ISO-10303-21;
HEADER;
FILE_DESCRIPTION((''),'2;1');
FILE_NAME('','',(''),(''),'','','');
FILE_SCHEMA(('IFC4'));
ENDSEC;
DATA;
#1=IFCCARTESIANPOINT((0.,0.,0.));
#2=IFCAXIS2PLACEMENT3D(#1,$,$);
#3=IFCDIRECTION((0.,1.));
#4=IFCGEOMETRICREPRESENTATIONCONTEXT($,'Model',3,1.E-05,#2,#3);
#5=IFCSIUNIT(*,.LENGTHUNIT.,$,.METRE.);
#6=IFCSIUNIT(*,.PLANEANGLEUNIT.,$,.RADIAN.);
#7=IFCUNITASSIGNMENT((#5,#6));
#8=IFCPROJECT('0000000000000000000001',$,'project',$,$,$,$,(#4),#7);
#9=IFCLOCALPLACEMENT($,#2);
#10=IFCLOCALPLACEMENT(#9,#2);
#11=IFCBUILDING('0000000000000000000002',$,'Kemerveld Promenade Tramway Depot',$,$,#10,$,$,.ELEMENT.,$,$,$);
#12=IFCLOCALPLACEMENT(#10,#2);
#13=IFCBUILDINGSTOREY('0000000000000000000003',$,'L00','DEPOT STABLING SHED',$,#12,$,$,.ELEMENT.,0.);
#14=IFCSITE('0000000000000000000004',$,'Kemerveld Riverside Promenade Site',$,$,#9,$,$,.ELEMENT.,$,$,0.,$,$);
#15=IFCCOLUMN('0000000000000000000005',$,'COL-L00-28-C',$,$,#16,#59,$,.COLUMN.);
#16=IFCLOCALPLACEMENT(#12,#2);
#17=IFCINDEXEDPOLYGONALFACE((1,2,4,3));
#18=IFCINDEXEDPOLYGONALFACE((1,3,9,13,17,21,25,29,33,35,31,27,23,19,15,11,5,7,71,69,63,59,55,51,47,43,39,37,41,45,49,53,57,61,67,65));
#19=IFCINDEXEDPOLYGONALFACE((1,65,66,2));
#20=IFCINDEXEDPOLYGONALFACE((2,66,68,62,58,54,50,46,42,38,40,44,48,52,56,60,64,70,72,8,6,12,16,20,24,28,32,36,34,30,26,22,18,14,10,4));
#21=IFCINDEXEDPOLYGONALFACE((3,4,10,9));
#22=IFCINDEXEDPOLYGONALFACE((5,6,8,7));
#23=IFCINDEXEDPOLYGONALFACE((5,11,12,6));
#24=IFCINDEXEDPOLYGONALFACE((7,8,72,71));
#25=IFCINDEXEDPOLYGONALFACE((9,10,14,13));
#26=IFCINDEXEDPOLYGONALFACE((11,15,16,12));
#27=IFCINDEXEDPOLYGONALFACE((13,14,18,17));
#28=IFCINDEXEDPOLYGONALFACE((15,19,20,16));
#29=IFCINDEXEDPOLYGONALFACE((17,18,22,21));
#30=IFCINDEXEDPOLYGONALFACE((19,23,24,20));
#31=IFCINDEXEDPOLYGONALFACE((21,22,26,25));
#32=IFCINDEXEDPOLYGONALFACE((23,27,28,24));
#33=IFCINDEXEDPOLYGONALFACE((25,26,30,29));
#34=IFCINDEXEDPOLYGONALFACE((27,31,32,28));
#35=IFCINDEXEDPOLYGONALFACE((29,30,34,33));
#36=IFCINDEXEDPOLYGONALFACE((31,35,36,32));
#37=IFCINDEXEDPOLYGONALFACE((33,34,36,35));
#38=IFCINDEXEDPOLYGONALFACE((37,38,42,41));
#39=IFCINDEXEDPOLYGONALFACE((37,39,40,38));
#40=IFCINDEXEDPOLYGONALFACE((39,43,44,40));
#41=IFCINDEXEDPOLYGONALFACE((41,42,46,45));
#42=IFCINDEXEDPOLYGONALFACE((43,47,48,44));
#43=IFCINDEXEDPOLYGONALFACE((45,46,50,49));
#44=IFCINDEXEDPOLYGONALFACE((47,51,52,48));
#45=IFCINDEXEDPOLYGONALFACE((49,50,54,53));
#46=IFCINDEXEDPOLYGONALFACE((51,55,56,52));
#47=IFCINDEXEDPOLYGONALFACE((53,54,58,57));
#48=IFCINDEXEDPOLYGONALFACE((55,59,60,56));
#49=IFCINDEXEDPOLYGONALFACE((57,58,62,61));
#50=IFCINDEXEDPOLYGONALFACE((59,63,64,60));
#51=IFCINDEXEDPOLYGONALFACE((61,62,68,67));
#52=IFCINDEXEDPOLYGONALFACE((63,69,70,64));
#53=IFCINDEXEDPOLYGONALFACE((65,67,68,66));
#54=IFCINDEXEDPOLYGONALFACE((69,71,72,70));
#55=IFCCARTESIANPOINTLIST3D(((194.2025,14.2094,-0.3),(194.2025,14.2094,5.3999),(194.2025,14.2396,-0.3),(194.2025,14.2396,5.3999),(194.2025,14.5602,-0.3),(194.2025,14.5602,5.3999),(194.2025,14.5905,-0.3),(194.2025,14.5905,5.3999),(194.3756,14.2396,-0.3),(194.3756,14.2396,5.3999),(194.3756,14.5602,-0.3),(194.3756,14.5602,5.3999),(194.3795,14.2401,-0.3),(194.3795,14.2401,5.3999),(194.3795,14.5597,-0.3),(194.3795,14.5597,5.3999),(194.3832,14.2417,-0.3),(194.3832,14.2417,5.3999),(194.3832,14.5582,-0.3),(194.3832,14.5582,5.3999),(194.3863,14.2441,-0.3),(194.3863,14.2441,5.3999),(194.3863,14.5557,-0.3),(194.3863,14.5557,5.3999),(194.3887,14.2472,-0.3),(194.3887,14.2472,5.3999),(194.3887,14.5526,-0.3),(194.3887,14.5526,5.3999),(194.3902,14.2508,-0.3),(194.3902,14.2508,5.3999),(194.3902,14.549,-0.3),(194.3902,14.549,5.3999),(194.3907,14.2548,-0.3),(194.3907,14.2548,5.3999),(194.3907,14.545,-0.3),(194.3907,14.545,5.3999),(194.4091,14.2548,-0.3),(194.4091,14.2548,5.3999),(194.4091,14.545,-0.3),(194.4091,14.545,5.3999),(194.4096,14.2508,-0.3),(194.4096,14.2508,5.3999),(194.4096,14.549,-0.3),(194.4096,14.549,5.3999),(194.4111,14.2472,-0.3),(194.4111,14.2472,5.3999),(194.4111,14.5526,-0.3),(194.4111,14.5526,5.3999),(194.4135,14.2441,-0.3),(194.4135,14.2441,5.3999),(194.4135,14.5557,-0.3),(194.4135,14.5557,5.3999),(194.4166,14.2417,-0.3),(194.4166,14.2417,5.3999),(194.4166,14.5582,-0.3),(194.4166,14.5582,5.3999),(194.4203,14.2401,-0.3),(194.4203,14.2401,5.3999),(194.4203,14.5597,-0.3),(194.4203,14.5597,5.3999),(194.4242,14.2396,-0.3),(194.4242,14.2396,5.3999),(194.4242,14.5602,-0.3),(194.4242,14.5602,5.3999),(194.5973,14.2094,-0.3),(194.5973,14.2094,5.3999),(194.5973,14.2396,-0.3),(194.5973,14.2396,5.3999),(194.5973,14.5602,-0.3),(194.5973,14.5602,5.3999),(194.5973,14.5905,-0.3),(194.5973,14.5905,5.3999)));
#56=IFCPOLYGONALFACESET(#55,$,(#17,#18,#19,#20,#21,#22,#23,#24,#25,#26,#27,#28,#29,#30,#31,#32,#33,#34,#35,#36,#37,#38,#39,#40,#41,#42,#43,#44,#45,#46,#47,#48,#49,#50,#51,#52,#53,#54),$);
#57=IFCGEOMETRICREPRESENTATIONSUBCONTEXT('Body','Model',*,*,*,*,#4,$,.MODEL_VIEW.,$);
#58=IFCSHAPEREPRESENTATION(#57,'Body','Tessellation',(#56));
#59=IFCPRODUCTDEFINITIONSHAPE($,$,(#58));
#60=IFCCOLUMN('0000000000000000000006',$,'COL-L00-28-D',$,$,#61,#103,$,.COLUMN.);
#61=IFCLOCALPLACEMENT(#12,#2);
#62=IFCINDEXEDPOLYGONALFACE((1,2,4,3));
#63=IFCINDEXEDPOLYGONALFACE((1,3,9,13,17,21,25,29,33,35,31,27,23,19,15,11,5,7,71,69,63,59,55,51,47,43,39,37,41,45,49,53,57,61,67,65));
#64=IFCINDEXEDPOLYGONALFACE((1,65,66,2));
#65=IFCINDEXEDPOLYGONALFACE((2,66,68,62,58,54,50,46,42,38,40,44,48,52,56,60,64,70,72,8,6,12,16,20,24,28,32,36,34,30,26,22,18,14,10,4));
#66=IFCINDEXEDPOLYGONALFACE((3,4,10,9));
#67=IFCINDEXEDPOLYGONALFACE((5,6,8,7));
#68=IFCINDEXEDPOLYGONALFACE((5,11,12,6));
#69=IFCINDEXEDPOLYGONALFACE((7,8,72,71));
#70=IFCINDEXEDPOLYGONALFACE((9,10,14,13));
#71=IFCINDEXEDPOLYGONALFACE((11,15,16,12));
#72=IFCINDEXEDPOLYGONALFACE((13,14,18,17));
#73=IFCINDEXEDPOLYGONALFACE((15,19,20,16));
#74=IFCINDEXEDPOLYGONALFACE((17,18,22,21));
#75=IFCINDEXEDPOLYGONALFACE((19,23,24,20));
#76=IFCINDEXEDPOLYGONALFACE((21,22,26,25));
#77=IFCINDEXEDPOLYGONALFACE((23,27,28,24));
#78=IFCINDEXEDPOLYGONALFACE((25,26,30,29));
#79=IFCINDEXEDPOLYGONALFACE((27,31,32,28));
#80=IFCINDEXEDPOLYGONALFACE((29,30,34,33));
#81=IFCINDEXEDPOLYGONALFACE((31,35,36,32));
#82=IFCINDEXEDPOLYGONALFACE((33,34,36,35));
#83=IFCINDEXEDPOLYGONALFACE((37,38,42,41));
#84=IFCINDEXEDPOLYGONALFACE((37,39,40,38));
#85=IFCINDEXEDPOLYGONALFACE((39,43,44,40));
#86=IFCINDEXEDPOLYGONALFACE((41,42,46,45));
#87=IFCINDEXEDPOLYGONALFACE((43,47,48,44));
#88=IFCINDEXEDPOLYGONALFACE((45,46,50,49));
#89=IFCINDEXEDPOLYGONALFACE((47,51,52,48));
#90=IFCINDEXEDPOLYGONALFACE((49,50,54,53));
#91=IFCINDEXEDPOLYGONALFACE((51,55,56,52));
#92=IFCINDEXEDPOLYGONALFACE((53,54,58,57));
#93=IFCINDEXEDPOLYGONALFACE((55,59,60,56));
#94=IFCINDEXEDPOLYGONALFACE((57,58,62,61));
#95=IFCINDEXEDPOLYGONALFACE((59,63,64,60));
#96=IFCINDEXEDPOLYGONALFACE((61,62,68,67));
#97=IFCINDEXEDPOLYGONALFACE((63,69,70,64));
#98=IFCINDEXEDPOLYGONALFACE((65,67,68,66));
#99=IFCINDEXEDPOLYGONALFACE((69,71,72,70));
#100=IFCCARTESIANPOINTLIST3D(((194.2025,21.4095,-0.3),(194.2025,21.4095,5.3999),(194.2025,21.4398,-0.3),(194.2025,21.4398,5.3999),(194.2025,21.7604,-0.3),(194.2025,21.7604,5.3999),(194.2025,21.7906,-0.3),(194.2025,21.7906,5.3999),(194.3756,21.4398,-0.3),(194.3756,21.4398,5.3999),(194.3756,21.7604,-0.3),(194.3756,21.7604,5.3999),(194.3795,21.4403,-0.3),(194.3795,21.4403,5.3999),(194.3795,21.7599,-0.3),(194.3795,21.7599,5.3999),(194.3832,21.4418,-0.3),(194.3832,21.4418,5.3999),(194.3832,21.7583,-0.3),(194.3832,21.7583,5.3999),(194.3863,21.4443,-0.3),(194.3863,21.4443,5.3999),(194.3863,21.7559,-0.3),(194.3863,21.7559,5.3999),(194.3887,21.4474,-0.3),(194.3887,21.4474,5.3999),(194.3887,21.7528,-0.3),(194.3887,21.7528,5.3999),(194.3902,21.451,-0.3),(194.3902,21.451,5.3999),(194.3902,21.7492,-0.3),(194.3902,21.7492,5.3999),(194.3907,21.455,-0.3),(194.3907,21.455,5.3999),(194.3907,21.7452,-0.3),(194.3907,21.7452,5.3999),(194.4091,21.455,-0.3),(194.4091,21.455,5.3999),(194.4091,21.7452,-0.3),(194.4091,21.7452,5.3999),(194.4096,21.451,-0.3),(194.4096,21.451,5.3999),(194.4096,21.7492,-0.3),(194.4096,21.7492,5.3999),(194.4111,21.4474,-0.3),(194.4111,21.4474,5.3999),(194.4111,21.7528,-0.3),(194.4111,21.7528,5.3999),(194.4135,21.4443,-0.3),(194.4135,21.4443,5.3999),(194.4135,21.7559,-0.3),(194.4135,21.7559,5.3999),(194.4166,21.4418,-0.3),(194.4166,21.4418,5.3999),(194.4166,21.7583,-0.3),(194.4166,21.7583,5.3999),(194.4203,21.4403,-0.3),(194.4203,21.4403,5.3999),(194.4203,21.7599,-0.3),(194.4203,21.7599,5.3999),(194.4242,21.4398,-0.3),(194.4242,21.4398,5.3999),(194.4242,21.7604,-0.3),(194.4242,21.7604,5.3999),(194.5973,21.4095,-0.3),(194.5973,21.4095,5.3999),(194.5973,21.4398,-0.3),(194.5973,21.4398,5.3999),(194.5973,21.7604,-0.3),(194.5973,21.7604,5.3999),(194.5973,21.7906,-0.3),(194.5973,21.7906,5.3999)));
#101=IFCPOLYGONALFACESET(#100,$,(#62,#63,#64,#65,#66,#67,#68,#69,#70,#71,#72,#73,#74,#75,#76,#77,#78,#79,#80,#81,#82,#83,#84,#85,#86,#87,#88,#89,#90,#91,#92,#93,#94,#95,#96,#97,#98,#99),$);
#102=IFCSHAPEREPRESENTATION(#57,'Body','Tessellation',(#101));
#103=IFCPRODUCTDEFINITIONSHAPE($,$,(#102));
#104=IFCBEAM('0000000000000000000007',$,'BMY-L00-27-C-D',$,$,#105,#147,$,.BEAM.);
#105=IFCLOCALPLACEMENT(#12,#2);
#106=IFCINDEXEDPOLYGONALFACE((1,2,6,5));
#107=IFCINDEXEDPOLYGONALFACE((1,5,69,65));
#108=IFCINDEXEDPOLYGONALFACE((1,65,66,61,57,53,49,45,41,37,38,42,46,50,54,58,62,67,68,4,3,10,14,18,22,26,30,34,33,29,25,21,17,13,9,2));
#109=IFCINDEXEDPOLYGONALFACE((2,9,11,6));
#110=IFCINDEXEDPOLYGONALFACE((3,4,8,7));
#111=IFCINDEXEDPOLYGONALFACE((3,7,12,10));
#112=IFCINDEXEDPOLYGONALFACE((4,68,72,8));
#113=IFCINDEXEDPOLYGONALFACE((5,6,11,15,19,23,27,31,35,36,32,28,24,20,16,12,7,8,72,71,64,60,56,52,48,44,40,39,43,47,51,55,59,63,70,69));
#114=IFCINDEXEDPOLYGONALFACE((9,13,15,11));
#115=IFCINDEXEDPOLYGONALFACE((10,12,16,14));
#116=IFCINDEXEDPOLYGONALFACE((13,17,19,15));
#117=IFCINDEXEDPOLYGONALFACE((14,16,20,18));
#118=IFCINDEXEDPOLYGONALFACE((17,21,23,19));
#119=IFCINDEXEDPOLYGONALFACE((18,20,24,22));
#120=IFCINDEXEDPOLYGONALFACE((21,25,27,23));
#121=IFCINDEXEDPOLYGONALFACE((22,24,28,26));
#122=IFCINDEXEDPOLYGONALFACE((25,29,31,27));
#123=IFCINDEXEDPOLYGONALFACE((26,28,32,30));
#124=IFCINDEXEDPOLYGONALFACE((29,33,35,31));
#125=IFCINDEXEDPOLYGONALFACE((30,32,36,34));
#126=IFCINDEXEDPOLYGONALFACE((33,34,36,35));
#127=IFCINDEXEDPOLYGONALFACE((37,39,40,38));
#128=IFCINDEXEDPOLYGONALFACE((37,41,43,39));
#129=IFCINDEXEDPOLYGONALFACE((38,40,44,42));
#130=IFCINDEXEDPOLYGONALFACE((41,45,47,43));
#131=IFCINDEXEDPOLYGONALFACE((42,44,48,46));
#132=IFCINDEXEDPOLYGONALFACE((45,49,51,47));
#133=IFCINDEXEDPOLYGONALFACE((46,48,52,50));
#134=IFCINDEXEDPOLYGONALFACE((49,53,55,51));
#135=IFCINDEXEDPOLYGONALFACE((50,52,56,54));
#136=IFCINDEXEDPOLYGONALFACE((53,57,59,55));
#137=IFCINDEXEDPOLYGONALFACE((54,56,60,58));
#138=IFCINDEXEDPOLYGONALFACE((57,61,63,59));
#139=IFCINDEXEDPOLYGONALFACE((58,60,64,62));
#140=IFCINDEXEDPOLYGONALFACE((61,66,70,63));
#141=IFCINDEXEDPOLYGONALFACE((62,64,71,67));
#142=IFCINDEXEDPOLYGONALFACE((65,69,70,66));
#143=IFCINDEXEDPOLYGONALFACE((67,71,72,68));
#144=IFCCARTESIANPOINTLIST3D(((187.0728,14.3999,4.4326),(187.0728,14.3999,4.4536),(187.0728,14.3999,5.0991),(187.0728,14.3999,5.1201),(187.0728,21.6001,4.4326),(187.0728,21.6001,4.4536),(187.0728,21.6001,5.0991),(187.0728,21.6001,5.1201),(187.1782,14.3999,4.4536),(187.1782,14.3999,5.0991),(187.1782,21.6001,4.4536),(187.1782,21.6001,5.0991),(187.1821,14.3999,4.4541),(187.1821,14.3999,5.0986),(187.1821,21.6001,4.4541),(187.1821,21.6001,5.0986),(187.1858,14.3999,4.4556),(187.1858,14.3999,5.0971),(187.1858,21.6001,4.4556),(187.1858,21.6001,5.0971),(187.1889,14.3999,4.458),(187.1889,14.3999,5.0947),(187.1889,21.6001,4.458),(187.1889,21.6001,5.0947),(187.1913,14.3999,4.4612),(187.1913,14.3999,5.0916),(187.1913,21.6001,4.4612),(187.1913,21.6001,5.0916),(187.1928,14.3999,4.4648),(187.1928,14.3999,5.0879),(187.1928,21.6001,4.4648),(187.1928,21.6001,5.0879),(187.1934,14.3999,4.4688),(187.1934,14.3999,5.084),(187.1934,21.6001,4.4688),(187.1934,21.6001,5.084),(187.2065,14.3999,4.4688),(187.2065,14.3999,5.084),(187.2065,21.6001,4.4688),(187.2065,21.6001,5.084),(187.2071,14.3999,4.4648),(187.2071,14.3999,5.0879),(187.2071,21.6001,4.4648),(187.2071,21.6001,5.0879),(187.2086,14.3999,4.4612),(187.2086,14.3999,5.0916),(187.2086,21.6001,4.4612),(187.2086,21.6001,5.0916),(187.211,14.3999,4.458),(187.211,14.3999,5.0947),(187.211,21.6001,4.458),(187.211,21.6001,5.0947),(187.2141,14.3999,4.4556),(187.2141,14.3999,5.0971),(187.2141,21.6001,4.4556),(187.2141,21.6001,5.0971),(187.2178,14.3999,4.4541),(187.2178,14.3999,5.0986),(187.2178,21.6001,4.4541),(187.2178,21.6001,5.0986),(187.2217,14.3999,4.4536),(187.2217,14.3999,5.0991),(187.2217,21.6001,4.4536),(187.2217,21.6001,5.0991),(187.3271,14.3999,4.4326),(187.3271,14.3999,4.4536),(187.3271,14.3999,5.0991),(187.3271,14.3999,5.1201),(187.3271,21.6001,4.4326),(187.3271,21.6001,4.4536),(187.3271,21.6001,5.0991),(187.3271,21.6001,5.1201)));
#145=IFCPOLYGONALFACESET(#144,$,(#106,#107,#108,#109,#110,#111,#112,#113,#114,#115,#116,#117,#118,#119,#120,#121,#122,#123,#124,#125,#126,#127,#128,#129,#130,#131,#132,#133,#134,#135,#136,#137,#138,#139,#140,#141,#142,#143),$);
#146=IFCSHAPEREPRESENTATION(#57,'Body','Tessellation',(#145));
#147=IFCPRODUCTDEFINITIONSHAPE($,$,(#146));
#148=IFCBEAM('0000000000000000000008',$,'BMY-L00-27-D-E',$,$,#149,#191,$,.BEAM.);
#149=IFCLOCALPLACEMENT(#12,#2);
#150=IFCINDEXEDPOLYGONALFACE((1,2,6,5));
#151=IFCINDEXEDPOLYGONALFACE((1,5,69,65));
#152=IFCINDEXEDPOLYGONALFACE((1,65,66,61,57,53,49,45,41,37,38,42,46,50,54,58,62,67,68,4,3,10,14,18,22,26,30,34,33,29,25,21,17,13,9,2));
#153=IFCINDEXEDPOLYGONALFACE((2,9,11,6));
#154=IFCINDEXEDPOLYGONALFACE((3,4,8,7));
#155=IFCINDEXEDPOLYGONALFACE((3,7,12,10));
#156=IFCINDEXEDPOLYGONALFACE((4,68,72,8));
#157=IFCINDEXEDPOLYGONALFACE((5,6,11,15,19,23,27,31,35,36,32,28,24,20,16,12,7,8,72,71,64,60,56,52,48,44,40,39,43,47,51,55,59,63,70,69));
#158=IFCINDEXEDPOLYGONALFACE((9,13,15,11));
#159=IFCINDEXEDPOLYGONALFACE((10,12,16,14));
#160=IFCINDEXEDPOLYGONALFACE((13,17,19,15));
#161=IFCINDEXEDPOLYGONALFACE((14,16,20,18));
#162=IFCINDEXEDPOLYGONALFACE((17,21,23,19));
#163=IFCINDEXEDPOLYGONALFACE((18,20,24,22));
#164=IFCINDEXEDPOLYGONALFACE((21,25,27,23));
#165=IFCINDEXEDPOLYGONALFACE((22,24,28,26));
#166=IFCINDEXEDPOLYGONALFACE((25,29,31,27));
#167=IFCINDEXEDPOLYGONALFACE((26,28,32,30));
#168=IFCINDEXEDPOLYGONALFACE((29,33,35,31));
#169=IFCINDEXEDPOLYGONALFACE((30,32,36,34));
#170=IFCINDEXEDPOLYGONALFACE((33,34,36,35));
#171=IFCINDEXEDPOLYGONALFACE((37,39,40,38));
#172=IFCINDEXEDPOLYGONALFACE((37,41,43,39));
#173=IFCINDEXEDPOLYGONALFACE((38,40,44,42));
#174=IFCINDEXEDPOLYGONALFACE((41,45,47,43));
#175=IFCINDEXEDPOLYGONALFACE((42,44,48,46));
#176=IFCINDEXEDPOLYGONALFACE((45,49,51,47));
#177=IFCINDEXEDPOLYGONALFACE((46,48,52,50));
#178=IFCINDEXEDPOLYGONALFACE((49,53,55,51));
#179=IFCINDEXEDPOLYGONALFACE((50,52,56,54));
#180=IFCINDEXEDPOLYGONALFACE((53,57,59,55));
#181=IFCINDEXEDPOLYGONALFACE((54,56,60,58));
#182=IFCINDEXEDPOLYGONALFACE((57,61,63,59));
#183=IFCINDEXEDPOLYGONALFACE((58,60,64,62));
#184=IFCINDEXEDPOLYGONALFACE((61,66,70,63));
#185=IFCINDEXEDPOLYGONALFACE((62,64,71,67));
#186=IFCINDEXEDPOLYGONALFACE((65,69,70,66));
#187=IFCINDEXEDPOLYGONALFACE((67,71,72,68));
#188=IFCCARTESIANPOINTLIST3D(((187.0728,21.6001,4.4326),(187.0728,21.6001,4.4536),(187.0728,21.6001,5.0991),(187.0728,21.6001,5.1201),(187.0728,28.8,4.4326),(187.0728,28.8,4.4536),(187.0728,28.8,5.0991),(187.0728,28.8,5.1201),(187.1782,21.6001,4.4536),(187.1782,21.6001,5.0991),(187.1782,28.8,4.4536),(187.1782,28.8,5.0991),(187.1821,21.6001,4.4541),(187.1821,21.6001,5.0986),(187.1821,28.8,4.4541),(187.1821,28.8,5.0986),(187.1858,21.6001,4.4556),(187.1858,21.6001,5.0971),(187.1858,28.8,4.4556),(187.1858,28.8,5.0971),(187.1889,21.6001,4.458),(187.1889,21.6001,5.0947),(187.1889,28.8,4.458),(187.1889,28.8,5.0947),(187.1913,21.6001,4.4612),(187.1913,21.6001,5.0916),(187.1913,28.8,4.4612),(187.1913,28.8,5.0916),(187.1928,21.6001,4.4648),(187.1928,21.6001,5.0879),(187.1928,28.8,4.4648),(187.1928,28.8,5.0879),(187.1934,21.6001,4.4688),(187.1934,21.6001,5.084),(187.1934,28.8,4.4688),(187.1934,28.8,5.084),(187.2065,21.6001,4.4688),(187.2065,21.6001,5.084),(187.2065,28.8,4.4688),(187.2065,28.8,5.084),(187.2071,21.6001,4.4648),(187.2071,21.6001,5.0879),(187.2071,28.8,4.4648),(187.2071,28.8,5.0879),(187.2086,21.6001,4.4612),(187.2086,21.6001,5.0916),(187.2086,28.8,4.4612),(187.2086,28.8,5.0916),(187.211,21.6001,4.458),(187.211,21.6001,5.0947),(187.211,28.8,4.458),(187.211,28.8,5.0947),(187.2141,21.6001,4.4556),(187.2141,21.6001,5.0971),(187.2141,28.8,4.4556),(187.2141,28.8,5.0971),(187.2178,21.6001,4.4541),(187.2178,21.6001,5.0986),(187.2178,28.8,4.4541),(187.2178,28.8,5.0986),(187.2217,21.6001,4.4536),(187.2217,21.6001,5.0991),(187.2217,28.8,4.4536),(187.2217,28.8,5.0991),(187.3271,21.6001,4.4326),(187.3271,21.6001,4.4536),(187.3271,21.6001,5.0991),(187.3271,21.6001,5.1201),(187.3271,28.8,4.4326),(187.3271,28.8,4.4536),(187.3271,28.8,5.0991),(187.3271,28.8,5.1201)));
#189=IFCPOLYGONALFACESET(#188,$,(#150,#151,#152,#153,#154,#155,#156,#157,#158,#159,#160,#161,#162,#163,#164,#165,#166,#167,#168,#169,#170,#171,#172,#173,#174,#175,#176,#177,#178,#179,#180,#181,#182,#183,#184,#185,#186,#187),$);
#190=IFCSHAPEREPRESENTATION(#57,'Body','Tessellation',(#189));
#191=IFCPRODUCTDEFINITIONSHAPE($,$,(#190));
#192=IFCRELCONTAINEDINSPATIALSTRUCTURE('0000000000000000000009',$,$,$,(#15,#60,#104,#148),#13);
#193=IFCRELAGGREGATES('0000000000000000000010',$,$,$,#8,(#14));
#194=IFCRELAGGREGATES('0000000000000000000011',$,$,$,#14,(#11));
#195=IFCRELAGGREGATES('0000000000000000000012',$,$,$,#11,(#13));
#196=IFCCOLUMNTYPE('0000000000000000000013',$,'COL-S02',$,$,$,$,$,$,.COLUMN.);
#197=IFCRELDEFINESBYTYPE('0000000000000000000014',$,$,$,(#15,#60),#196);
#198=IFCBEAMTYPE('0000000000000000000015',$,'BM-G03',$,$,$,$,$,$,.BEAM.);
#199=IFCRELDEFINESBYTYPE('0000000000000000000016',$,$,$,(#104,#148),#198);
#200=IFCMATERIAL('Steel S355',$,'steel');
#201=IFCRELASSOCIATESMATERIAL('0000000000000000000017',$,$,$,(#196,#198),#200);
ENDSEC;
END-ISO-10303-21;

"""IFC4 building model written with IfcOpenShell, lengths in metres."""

from ifc_helpers import new_model, si_unit, direction, frame, origin, origin_2d, place, context, subcontext, project, spatial, i_section, extrude, material, material_profile, profile_set, type_object, element, save


model = new_model("IFC4")

# Units and contexts
model_context = context("Model", 3, precision=1e-05, world=origin(), true_north=direction((0.0, 1.0)))
body_context = subcontext(model_context, "Body", "Model", "MODEL_VIEW")
ifc_project = project(units=[si_unit("LENGTHUNIT", "METRE"), si_unit("PLANEANGLEUNIT", "RADIAN")], contexts=[model_context])

# Site, building, storey
site_placement = place(None, origin())
site = spatial("IfcSite", under=ifc_project, at=site_placement, Name="Kemerveld Riverside Promenade Site", CompositionType="ELEMENT", RefElevation=0.0)
building_placement = place(site_placement, origin())
building = spatial("IfcBuilding", under=site, at=building_placement, Name="Kemerveld Promenade Tramway Depot", CompositionType="ELEMENT")
storey_placement = place(building_placement, origin())
storey = spatial("IfcBuildingStorey", under=building, at=storey_placement, Name="L00", Description="DEPOT STABLING SHED", CompositionType="ELEMENT", Elevation=0.0)

# Columns
ifc_material_1 = material(Name="Steel S355", Category="steel")
ifc_material_profile_1 = material_profile(ifc_material_1, i_section(OverallWidth=0.3948, OverallDepth=0.3811, WebThickness=0.0183, FlangeThickness=0.0303, FilletRadius=0.0151, at=origin_2d()), Name="356x406x235 UC")
ifc_profile_set_1 = profile_set([ifc_material_profile_1], Name="Steel S355")
column_type = type_object("IfcColumnType", Name="COL-S02", PredefinedType="COLUMN", material=ifc_profile_set_1)
for number, where, z_axis, x_axis, name in (
    (1, (194.3999, 14.3999, -0.3), (0.0, 0.0, 1.0), (1.0, 0.0, 0.0), "COL-L00-28-C"),
    (2, (194.3999, 21.6001, -0.3), (0.0, 0.0, 1.0), (1.0, 0.0, 0.0), "COL-L00-28-D"),
):
    element("IfcColumn", number, at=place(storey_placement, frame(where, z_axis=z_axis, x_axis=x_axis)), inside=storey, type_object=column_type, Name=name, PredefinedType="COLUMN", context=body_context, shape_type="SweptSolid", body=[
        extrude(i_section(OverallWidth=0.3948, OverallDepth=0.3811, WebThickness=0.0183, FlangeThickness=0.0303, FilletRadius=0.0151, at=origin_2d()), origin(), (0.0, 0.0, 1.0), 5.7),
    ])

# Beams
ifc_material_profile_2 = material_profile(ifc_material_1, i_section(OverallWidth=0.2544, OverallDepth=0.6875, WebThickness=0.0132, FlangeThickness=0.021, FilletRadius=0.0151, at=origin_2d()), Name="686x254x152 UB")
ifc_profile_set_2 = profile_set([ifc_material_profile_2], Name="Steel S355")
beam_type_1 = type_object("IfcBeamType", Name="BM-G03", PredefinedType="BEAM", material=ifc_profile_set_2)
beam_1_placement = place(storey_placement, frame((187.2, 14.3999, 4.7764), z_axis=(0.0, 1.0, 0.0), x_axis=(-1.0, 0.0, 0.0)))
element("IfcBeam", 3, at=beam_1_placement, inside=storey, type_object=beam_type_1, Name="BMY-L00-27-C-D", PredefinedType="BEAM", context=body_context, shape_type="SweptSolid", body=[
    extrude(i_section(OverallWidth=0.2544, OverallDepth=0.6875, WebThickness=0.0132, FlangeThickness=0.021, FilletRadius=0.0151, at=origin_2d()), origin(), (0.0, 0.0, 1.0), 7.2002),
])
beam_2_placement = place(storey_placement, frame((187.2, 21.6001, 4.7764), z_axis=(0.0, 1.0, 0.0), x_axis=(-1.0, 0.0, 0.0)))
element("IfcBeam", 4, at=beam_2_placement, inside=storey, type_object=beam_type_1, Name="BMY-L00-27-D-E", PredefinedType="BEAM", context=body_context, shape_type="SweptSolid", body=[
    extrude(i_section(OverallWidth=0.2544, OverallDepth=0.6875, WebThickness=0.0132, FlangeThickness=0.021, FilletRadius=0.0151, at=origin_2d()), origin(), (0.0, 0.0, 1.0), 7.2),
])

save(model, "model.ifc")
